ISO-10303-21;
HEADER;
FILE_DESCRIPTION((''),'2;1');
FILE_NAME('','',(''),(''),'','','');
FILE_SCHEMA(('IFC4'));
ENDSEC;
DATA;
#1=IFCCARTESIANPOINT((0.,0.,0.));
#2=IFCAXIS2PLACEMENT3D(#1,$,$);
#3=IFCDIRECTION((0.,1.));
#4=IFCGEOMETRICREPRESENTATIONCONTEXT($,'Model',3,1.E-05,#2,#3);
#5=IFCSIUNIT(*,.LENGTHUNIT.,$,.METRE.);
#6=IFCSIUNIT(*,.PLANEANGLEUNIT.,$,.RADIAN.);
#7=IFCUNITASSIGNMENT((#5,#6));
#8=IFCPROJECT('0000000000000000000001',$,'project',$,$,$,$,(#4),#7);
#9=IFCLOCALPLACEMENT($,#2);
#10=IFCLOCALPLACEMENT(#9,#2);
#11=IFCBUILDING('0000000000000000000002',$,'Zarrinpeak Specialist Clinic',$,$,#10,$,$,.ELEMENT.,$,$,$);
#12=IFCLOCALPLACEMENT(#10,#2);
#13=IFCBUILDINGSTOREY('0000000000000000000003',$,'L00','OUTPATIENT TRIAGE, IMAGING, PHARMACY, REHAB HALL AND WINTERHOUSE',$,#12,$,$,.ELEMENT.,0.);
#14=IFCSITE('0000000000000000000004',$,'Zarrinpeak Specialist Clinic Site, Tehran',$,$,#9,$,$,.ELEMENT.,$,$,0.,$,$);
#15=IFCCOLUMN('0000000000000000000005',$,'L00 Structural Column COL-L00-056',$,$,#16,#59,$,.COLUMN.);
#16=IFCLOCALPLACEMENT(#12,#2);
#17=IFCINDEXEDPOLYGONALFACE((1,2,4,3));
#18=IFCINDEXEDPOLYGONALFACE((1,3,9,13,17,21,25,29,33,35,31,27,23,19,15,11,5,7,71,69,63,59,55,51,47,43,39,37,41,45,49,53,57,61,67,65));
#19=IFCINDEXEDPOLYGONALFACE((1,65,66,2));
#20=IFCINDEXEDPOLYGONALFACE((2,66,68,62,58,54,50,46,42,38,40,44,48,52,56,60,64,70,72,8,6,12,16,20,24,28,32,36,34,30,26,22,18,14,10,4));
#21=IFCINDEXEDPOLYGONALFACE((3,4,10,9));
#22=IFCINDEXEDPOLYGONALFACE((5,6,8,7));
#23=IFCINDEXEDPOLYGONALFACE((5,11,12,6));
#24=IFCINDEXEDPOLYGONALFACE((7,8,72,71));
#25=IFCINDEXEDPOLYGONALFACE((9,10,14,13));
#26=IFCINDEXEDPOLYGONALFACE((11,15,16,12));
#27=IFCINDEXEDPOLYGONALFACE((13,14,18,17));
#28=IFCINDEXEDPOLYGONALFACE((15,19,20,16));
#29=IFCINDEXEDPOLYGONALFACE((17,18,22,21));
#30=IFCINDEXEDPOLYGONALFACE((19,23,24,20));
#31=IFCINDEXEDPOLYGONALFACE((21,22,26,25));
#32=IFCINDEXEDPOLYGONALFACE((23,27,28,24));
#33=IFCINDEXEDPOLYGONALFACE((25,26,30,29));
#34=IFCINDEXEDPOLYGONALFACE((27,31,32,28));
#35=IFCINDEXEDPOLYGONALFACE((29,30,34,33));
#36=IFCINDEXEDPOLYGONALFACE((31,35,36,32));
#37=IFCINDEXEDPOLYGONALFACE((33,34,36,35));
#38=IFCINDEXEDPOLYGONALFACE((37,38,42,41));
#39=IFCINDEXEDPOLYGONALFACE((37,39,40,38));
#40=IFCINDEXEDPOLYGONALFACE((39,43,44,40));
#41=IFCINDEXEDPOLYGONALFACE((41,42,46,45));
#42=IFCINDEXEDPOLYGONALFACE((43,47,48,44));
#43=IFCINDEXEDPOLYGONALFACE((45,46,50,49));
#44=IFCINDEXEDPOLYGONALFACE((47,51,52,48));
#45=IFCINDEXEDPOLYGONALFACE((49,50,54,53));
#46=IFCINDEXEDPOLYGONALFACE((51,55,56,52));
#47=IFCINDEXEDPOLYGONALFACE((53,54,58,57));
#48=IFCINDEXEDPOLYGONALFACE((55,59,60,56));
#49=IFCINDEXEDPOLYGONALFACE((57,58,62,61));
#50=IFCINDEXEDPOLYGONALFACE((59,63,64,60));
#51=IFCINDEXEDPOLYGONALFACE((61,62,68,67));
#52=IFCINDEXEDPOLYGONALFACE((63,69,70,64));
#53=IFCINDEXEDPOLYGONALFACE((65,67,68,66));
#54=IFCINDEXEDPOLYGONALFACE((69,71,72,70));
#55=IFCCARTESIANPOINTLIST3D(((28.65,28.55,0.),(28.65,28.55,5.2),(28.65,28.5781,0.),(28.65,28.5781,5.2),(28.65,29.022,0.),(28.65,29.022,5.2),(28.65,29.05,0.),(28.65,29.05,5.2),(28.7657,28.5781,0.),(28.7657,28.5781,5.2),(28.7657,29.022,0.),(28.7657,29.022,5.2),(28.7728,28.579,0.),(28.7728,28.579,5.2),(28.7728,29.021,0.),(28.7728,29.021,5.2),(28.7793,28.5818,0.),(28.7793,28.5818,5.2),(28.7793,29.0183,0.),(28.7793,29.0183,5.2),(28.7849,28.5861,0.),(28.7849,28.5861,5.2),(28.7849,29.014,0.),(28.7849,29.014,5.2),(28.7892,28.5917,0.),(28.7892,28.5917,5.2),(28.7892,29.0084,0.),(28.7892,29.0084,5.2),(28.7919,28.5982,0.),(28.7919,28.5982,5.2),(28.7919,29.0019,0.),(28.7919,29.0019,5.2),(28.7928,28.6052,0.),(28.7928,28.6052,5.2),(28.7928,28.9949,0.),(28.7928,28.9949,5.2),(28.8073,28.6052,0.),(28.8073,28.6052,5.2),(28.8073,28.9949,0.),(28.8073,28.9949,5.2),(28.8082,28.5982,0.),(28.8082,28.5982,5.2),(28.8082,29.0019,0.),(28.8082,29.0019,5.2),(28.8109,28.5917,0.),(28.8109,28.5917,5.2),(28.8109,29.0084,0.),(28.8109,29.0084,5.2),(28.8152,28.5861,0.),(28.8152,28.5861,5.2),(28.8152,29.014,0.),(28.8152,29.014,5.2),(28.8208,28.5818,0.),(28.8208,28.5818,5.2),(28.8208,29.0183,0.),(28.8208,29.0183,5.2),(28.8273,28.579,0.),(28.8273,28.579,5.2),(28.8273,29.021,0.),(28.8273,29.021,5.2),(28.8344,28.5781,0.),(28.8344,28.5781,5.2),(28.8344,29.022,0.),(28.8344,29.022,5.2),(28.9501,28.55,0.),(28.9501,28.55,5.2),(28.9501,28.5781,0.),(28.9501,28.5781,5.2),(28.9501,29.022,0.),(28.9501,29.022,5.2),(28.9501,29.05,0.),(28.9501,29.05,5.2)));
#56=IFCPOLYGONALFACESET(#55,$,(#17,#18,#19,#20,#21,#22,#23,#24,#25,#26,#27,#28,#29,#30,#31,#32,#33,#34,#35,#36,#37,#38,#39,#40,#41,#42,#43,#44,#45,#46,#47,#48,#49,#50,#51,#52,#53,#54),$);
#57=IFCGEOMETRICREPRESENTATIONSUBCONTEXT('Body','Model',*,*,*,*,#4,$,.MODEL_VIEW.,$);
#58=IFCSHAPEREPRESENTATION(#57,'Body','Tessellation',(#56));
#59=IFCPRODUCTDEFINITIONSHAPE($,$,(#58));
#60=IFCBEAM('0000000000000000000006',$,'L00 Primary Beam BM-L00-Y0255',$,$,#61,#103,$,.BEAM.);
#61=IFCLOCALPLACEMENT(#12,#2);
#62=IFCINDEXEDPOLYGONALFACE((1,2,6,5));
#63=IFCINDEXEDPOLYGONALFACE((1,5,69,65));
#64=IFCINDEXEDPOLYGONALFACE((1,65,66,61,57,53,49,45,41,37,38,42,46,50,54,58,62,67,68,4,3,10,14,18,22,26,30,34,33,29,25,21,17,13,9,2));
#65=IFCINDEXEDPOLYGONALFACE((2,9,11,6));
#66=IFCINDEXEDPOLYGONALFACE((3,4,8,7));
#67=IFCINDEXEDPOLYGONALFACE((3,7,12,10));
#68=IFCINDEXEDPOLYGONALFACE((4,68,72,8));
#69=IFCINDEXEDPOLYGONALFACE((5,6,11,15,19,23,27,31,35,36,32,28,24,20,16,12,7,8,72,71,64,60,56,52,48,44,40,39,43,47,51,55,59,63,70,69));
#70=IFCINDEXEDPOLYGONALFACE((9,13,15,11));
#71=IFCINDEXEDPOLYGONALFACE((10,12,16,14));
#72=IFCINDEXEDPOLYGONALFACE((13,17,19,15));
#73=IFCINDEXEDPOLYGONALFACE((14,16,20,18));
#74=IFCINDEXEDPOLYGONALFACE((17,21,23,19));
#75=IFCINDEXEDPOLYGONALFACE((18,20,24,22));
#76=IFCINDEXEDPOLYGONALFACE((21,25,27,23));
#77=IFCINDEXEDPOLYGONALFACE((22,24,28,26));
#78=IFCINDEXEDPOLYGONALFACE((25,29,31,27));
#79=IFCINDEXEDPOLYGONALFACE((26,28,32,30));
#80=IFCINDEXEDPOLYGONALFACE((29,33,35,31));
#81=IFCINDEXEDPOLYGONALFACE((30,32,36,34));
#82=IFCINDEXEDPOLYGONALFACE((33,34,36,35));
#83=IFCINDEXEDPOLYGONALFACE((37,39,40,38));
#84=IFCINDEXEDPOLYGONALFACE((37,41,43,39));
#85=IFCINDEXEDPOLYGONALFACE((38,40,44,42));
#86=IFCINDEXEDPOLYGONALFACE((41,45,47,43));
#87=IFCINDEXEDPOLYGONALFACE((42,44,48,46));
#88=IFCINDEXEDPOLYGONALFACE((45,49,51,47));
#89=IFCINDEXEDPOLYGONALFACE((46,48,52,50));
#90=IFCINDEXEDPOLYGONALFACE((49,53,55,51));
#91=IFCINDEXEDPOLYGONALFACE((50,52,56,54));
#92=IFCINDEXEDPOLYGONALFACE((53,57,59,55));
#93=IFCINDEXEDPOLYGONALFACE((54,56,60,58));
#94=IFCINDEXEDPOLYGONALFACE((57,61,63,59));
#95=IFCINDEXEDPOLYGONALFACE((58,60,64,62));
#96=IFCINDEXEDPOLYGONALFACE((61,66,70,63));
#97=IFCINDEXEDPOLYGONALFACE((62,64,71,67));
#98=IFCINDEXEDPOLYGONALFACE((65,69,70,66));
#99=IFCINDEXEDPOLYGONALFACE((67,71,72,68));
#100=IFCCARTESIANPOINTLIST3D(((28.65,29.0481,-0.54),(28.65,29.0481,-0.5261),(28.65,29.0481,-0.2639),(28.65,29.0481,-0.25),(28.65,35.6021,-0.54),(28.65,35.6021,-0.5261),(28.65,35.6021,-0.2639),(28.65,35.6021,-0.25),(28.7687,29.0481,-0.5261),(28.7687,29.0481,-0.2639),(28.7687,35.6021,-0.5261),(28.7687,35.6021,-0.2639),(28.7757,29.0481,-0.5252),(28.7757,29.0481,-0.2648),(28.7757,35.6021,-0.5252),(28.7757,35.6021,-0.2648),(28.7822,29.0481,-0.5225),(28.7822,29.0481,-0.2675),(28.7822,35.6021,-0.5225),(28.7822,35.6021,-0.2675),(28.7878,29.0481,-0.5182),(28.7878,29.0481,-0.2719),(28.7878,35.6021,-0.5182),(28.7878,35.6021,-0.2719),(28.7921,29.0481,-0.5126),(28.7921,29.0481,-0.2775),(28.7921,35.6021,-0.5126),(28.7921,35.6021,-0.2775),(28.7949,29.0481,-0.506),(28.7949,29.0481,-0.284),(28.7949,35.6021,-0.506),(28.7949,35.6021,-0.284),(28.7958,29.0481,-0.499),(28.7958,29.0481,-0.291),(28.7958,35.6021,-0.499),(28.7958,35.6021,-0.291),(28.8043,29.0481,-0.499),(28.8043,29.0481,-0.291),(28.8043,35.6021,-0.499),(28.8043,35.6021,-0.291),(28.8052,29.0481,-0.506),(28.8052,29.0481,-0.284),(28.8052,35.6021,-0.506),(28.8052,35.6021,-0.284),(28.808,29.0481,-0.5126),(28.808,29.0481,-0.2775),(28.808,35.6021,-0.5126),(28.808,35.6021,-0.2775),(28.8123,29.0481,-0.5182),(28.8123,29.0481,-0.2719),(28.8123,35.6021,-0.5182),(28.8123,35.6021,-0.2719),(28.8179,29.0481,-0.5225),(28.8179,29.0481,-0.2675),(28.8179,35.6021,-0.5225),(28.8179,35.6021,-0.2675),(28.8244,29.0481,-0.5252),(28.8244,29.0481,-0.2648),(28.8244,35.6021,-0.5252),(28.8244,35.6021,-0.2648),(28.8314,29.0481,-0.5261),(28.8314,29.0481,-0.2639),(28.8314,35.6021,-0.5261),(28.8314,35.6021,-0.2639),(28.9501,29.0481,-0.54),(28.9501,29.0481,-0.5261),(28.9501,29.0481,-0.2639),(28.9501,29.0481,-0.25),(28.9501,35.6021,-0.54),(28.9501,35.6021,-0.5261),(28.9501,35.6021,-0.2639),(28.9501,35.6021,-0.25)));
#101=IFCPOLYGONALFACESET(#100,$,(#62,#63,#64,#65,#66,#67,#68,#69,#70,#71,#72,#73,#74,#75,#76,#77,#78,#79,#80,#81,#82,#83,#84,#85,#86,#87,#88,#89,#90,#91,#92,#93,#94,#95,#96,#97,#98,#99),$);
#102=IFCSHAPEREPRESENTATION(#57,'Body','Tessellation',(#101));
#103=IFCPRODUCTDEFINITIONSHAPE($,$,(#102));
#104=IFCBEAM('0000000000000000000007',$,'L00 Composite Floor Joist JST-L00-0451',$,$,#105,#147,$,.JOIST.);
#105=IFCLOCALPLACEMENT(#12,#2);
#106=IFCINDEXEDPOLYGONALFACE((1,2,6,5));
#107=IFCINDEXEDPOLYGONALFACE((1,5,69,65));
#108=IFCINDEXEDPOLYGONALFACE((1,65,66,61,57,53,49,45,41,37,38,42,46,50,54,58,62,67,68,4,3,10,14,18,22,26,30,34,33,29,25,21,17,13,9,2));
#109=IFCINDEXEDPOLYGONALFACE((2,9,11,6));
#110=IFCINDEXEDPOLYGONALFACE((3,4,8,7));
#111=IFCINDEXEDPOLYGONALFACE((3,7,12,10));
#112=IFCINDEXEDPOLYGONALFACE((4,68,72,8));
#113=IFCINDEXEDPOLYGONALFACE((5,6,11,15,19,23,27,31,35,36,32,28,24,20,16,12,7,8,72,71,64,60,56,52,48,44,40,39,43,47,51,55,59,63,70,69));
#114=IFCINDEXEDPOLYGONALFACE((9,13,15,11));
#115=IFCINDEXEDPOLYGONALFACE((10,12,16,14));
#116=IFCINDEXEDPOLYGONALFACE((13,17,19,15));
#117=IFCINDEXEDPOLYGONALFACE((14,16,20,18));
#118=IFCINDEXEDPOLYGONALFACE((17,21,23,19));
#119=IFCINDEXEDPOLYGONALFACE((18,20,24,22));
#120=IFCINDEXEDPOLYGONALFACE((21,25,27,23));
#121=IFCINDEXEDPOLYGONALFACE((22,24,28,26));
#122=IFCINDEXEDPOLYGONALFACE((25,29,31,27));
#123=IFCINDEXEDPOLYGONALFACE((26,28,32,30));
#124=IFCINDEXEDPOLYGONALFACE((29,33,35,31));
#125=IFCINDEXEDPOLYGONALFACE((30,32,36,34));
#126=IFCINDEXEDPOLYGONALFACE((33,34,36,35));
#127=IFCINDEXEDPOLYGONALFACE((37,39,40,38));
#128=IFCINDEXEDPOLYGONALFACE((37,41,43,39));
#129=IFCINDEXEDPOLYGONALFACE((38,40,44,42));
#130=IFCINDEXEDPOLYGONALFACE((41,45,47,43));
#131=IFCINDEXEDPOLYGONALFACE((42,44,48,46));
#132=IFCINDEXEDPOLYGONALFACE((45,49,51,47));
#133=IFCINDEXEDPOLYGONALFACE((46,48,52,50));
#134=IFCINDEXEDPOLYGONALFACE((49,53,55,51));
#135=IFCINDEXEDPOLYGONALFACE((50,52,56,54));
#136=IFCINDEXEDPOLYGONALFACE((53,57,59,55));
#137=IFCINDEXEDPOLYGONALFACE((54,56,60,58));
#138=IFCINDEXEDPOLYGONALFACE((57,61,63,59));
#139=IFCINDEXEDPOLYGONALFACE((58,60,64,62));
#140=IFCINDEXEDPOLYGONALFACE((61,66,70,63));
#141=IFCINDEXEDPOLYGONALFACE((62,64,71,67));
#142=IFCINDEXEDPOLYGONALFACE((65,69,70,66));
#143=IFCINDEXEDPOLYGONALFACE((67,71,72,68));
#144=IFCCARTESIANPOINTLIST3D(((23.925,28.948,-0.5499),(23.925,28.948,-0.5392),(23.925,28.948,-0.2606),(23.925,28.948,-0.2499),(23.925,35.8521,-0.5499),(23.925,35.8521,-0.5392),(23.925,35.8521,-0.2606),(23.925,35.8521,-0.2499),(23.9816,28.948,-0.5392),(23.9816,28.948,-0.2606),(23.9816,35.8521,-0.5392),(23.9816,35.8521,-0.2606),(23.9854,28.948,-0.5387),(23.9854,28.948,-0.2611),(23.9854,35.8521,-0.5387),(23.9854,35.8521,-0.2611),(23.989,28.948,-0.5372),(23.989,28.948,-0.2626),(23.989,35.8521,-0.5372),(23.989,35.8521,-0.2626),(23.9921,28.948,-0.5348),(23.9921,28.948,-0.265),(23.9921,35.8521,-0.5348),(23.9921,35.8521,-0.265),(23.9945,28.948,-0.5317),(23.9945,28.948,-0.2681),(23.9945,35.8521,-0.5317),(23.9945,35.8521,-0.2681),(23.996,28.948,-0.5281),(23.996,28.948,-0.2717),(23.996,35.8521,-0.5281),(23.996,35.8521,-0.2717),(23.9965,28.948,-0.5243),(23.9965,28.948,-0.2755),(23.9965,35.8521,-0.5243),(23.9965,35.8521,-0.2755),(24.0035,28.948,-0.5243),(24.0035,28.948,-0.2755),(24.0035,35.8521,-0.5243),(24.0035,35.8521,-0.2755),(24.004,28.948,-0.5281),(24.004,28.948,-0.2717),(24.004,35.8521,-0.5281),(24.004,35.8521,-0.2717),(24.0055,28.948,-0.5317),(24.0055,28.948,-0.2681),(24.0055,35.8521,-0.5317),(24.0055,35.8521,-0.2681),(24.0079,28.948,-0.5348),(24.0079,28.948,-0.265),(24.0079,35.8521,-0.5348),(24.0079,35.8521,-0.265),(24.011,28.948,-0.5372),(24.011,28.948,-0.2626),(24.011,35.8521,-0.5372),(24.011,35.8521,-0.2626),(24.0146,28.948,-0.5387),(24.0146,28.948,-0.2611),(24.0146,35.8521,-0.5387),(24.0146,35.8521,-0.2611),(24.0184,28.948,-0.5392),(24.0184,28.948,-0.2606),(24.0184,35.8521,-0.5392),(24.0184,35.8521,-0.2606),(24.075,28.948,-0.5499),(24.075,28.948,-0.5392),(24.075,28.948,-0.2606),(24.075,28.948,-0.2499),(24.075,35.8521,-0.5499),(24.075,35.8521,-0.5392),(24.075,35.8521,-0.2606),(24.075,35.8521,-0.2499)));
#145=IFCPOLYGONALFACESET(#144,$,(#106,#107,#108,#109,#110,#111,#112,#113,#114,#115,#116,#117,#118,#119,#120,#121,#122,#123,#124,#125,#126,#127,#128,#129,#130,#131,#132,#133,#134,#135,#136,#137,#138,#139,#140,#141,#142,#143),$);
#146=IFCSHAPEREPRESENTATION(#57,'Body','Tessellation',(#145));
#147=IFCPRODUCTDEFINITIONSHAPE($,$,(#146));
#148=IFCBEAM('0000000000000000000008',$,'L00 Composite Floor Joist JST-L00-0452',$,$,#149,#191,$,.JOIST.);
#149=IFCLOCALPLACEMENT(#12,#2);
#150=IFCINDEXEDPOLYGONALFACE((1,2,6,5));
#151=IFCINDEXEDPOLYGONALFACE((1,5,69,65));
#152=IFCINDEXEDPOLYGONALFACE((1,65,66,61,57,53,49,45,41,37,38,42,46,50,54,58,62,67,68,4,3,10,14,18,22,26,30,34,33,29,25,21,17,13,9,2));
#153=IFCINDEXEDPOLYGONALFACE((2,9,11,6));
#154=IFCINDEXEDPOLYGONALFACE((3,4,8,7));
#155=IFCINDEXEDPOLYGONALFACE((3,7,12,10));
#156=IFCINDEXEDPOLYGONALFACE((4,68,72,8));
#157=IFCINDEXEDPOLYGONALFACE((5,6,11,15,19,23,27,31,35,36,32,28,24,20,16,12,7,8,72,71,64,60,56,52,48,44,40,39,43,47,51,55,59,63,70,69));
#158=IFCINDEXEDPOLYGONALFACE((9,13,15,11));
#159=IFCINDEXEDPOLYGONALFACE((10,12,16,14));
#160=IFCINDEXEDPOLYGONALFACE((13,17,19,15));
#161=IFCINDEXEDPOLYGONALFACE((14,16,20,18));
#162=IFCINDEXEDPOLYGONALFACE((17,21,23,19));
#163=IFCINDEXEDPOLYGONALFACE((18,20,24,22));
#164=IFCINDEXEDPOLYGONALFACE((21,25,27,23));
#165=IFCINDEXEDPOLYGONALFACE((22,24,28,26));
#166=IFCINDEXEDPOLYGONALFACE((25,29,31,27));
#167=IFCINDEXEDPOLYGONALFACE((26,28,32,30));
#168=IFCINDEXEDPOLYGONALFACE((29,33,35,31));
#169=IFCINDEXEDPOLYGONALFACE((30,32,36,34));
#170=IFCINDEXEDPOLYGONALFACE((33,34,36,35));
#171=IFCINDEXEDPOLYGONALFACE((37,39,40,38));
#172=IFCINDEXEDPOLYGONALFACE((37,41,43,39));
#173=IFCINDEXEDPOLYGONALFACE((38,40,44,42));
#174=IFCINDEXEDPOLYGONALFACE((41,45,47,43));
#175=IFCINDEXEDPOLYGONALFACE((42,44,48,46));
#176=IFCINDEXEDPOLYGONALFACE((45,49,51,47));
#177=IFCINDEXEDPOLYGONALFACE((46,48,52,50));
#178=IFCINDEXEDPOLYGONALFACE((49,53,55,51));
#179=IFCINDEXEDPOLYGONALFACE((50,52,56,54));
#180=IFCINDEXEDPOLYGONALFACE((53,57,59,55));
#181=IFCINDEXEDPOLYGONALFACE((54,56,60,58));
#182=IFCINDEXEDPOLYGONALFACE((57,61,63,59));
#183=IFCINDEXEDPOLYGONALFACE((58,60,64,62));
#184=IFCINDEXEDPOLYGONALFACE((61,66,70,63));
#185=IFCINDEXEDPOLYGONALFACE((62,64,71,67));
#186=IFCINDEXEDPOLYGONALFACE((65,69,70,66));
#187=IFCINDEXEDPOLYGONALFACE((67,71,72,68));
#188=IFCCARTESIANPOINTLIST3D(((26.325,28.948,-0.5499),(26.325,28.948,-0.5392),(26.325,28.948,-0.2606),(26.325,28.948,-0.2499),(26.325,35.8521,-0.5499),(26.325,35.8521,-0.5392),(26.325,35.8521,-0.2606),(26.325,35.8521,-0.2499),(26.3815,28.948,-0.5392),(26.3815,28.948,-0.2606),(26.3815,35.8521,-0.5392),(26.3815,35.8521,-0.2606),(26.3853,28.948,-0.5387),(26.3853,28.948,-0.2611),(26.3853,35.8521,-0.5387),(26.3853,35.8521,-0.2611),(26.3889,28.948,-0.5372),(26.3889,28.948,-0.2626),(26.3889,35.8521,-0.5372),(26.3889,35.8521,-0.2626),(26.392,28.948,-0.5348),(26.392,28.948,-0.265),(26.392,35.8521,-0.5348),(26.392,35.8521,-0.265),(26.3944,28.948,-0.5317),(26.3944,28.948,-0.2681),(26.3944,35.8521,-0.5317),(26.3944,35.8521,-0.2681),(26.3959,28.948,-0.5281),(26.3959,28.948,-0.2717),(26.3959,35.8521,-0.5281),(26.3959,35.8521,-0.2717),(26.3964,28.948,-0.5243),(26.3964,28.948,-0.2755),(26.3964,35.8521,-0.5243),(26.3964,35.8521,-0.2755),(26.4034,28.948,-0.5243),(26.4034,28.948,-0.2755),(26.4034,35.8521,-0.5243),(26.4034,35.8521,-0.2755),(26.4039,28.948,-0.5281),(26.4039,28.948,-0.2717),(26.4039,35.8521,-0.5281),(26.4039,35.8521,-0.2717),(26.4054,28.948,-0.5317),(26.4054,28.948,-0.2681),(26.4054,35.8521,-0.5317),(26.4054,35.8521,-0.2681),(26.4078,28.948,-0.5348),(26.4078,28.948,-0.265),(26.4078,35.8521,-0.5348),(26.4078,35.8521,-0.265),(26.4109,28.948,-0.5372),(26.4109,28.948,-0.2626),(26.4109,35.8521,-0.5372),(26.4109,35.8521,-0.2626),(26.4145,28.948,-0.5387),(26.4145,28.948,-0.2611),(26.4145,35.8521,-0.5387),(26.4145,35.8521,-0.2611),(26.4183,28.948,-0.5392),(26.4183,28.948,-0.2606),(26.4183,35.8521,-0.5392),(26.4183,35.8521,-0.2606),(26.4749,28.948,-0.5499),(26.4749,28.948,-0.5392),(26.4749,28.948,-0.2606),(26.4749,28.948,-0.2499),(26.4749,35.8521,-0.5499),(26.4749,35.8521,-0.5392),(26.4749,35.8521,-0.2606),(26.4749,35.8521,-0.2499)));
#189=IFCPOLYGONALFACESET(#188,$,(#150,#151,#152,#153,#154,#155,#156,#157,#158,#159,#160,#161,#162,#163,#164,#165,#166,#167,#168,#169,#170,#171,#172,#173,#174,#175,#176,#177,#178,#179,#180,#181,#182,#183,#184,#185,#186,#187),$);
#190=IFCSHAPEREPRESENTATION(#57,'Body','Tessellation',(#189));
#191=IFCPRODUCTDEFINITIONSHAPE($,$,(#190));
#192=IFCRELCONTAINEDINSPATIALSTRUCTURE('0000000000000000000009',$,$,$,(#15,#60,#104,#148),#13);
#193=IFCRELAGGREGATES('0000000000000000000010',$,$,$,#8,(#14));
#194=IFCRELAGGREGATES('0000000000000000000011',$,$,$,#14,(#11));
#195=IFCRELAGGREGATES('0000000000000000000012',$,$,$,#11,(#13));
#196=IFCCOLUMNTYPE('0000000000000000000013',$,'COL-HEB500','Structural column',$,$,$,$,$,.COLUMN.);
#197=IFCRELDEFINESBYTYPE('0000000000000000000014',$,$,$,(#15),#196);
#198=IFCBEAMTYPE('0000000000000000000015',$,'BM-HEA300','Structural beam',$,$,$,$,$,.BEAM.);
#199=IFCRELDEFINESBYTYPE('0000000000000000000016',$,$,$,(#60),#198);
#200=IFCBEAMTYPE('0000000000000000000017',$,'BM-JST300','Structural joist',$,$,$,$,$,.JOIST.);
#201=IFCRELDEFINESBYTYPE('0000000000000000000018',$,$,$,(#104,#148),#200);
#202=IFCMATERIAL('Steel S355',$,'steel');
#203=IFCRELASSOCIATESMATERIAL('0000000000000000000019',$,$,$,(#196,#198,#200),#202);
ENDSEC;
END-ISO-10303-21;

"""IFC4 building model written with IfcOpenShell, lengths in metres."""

from ifc_helpers import new_model, si_unit, direction, frame, origin, origin_2d, place, context, subcontext, project, spatial, i_section, extrude, material, material_profile, profile_set, type_object, element, save


model = new_model("IFC4")

# Units and contexts
model_context = context("Model", 3, precision=1e-05, world=origin(), true_north=direction((0.0, 1.0)))
body_context = subcontext(model_context, "Body", "Model", "MODEL_VIEW")
ifc_project = project(units=[si_unit("LENGTHUNIT", "METRE"), si_unit("PLANEANGLEUNIT", "RADIAN")], contexts=[model_context])

# Site, building, storey
site_placement = place(None, origin())
site = spatial("IfcSite", under=ifc_project, at=site_placement, Name="Zarrinpeak Specialist Clinic Site, Tehran", CompositionType="ELEMENT", RefElevation=0.0)
building_placement = place(site_placement, origin())
building = spatial("IfcBuilding", under=site, at=building_placement, Name="Zarrinpeak Specialist Clinic", CompositionType="ELEMENT")
storey_placement = place(building_placement, origin())
storey = spatial("IfcBuildingStorey", under=building, at=storey_placement, Name="L00", Description="OUTPATIENT TRIAGE, IMAGING, PHARMACY, REHAB HALL AND WINTERHOUSE", CompositionType="ELEMENT", Elevation=0.0)

# Column
ifc_material_1 = material(Name="Steel S355", Category="steel")
ifc_material_profile_1 = material_profile(ifc_material_1, i_section(OverallWidth=0.3, OverallDepth=0.5, WebThickness=0.0144, FlangeThickness=0.0281, FilletRadius=0.0271, at=origin_2d()), Name="HEB 500")
ifc_profile_set_1 = profile_set([ifc_material_profile_1], Name="Steel S355")
column_type = type_object("IfcColumnType", Name="COL-HEB500", Description="Structural column", PredefinedType="COLUMN", material=ifc_profile_set_1)
column_placement = place(storey_placement, frame((28.8, 28.8, 0.0), z_axis=(0.0, 0.0, 1.0), x_axis=(1.0, 0.0, 0.0)))
element("IfcColumn", 1, at=column_placement, inside=storey, type_object=column_type, Name="L00 Structural Column COL-L00-056", PredefinedType="COLUMN", context=body_context, shape_type="SweptSolid", body=[
    extrude(i_section(OverallWidth=0.3, OverallDepth=0.5, WebThickness=0.0144, FlangeThickness=0.0281, FilletRadius=0.0271, at=origin_2d()), origin(), (0.0, 0.0, 1.0), 5.2),
])

# Beams
ifc_material_profile_2 = material_profile(ifc_material_1, i_section(OverallWidth=0.3, OverallDepth=0.29, WebThickness=0.0085, FlangeThickness=0.0139, FilletRadius=0.0271, at=origin_2d()), Name="HEA 300")
ifc_profile_set_2 = profile_set([ifc_material_profile_2], Name="Steel S355")
beam_type_1 = type_object("IfcBeamType", Name="BM-HEA300", Description="Structural beam", PredefinedType="BEAM", material=ifc_profile_set_2)
beam_placement = place(storey_placement, frame((28.8, 29.0481, -0.395), z_axis=(0.0, 1.0, 0.0), x_axis=(-1.0, 0.0, 0.0)))
element("IfcBeam", 2, at=beam_placement, inside=storey, type_object=beam_type_1, Name="L00 Primary Beam BM-L00-Y0255", PredefinedType="BEAM", context=body_context, shape_type="SweptSolid", body=[
    extrude(i_section(OverallWidth=0.3, OverallDepth=0.29, WebThickness=0.0085, FlangeThickness=0.0139, FilletRadius=0.0271, at=origin_2d()), origin(), (0.0, 0.0, 1.0), 6.554),
])
ifc_material_profile_3 = material_profile(ifc_material_1, i_section(OverallWidth=0.1499, OverallDepth=0.3, WebThickness=0.0071, FlangeThickness=0.0107, FilletRadius=0.0149, at=origin_2d()), Name="IPE 300")
ifc_profile_set_3 = profile_set([ifc_material_profile_3], Name="Steel S355")
beam_type_2 = type_object("IfcBeamType", Name="BM-JST300", Description="Structural joist", PredefinedType="JOIST", material=ifc_profile_set_3)
for number, where, z_axis, x_axis, name in (
    (3, (24.0, 28.948, -0.3999), (0.0, 1.0, 0.0), (-1.0, 0.0, 0.0), "L00 Composite Floor Joist JST-L00-0451"),
    (4, (26.3999, 28.948, -0.3999), (0.0, 1.0, 0.0), (-1.0, 0.0, 0.0), "L00 Composite Floor Joist JST-L00-0452"),
):
    element("IfcBeam", number, at=place(storey_placement, frame(where, z_axis=z_axis, x_axis=x_axis)), inside=storey, type_object=beam_type_2, Name=name, PredefinedType="JOIST", context=body_context, shape_type="SweptSolid", body=[
        extrude(i_section(OverallWidth=0.1499, OverallDepth=0.3, WebThickness=0.0071, FlangeThickness=0.0107, FilletRadius=0.0149, at=origin_2d()), origin(), (0.0, 0.0, 1.0), 6.9041),
    ])

save(model, "model.ifc")
